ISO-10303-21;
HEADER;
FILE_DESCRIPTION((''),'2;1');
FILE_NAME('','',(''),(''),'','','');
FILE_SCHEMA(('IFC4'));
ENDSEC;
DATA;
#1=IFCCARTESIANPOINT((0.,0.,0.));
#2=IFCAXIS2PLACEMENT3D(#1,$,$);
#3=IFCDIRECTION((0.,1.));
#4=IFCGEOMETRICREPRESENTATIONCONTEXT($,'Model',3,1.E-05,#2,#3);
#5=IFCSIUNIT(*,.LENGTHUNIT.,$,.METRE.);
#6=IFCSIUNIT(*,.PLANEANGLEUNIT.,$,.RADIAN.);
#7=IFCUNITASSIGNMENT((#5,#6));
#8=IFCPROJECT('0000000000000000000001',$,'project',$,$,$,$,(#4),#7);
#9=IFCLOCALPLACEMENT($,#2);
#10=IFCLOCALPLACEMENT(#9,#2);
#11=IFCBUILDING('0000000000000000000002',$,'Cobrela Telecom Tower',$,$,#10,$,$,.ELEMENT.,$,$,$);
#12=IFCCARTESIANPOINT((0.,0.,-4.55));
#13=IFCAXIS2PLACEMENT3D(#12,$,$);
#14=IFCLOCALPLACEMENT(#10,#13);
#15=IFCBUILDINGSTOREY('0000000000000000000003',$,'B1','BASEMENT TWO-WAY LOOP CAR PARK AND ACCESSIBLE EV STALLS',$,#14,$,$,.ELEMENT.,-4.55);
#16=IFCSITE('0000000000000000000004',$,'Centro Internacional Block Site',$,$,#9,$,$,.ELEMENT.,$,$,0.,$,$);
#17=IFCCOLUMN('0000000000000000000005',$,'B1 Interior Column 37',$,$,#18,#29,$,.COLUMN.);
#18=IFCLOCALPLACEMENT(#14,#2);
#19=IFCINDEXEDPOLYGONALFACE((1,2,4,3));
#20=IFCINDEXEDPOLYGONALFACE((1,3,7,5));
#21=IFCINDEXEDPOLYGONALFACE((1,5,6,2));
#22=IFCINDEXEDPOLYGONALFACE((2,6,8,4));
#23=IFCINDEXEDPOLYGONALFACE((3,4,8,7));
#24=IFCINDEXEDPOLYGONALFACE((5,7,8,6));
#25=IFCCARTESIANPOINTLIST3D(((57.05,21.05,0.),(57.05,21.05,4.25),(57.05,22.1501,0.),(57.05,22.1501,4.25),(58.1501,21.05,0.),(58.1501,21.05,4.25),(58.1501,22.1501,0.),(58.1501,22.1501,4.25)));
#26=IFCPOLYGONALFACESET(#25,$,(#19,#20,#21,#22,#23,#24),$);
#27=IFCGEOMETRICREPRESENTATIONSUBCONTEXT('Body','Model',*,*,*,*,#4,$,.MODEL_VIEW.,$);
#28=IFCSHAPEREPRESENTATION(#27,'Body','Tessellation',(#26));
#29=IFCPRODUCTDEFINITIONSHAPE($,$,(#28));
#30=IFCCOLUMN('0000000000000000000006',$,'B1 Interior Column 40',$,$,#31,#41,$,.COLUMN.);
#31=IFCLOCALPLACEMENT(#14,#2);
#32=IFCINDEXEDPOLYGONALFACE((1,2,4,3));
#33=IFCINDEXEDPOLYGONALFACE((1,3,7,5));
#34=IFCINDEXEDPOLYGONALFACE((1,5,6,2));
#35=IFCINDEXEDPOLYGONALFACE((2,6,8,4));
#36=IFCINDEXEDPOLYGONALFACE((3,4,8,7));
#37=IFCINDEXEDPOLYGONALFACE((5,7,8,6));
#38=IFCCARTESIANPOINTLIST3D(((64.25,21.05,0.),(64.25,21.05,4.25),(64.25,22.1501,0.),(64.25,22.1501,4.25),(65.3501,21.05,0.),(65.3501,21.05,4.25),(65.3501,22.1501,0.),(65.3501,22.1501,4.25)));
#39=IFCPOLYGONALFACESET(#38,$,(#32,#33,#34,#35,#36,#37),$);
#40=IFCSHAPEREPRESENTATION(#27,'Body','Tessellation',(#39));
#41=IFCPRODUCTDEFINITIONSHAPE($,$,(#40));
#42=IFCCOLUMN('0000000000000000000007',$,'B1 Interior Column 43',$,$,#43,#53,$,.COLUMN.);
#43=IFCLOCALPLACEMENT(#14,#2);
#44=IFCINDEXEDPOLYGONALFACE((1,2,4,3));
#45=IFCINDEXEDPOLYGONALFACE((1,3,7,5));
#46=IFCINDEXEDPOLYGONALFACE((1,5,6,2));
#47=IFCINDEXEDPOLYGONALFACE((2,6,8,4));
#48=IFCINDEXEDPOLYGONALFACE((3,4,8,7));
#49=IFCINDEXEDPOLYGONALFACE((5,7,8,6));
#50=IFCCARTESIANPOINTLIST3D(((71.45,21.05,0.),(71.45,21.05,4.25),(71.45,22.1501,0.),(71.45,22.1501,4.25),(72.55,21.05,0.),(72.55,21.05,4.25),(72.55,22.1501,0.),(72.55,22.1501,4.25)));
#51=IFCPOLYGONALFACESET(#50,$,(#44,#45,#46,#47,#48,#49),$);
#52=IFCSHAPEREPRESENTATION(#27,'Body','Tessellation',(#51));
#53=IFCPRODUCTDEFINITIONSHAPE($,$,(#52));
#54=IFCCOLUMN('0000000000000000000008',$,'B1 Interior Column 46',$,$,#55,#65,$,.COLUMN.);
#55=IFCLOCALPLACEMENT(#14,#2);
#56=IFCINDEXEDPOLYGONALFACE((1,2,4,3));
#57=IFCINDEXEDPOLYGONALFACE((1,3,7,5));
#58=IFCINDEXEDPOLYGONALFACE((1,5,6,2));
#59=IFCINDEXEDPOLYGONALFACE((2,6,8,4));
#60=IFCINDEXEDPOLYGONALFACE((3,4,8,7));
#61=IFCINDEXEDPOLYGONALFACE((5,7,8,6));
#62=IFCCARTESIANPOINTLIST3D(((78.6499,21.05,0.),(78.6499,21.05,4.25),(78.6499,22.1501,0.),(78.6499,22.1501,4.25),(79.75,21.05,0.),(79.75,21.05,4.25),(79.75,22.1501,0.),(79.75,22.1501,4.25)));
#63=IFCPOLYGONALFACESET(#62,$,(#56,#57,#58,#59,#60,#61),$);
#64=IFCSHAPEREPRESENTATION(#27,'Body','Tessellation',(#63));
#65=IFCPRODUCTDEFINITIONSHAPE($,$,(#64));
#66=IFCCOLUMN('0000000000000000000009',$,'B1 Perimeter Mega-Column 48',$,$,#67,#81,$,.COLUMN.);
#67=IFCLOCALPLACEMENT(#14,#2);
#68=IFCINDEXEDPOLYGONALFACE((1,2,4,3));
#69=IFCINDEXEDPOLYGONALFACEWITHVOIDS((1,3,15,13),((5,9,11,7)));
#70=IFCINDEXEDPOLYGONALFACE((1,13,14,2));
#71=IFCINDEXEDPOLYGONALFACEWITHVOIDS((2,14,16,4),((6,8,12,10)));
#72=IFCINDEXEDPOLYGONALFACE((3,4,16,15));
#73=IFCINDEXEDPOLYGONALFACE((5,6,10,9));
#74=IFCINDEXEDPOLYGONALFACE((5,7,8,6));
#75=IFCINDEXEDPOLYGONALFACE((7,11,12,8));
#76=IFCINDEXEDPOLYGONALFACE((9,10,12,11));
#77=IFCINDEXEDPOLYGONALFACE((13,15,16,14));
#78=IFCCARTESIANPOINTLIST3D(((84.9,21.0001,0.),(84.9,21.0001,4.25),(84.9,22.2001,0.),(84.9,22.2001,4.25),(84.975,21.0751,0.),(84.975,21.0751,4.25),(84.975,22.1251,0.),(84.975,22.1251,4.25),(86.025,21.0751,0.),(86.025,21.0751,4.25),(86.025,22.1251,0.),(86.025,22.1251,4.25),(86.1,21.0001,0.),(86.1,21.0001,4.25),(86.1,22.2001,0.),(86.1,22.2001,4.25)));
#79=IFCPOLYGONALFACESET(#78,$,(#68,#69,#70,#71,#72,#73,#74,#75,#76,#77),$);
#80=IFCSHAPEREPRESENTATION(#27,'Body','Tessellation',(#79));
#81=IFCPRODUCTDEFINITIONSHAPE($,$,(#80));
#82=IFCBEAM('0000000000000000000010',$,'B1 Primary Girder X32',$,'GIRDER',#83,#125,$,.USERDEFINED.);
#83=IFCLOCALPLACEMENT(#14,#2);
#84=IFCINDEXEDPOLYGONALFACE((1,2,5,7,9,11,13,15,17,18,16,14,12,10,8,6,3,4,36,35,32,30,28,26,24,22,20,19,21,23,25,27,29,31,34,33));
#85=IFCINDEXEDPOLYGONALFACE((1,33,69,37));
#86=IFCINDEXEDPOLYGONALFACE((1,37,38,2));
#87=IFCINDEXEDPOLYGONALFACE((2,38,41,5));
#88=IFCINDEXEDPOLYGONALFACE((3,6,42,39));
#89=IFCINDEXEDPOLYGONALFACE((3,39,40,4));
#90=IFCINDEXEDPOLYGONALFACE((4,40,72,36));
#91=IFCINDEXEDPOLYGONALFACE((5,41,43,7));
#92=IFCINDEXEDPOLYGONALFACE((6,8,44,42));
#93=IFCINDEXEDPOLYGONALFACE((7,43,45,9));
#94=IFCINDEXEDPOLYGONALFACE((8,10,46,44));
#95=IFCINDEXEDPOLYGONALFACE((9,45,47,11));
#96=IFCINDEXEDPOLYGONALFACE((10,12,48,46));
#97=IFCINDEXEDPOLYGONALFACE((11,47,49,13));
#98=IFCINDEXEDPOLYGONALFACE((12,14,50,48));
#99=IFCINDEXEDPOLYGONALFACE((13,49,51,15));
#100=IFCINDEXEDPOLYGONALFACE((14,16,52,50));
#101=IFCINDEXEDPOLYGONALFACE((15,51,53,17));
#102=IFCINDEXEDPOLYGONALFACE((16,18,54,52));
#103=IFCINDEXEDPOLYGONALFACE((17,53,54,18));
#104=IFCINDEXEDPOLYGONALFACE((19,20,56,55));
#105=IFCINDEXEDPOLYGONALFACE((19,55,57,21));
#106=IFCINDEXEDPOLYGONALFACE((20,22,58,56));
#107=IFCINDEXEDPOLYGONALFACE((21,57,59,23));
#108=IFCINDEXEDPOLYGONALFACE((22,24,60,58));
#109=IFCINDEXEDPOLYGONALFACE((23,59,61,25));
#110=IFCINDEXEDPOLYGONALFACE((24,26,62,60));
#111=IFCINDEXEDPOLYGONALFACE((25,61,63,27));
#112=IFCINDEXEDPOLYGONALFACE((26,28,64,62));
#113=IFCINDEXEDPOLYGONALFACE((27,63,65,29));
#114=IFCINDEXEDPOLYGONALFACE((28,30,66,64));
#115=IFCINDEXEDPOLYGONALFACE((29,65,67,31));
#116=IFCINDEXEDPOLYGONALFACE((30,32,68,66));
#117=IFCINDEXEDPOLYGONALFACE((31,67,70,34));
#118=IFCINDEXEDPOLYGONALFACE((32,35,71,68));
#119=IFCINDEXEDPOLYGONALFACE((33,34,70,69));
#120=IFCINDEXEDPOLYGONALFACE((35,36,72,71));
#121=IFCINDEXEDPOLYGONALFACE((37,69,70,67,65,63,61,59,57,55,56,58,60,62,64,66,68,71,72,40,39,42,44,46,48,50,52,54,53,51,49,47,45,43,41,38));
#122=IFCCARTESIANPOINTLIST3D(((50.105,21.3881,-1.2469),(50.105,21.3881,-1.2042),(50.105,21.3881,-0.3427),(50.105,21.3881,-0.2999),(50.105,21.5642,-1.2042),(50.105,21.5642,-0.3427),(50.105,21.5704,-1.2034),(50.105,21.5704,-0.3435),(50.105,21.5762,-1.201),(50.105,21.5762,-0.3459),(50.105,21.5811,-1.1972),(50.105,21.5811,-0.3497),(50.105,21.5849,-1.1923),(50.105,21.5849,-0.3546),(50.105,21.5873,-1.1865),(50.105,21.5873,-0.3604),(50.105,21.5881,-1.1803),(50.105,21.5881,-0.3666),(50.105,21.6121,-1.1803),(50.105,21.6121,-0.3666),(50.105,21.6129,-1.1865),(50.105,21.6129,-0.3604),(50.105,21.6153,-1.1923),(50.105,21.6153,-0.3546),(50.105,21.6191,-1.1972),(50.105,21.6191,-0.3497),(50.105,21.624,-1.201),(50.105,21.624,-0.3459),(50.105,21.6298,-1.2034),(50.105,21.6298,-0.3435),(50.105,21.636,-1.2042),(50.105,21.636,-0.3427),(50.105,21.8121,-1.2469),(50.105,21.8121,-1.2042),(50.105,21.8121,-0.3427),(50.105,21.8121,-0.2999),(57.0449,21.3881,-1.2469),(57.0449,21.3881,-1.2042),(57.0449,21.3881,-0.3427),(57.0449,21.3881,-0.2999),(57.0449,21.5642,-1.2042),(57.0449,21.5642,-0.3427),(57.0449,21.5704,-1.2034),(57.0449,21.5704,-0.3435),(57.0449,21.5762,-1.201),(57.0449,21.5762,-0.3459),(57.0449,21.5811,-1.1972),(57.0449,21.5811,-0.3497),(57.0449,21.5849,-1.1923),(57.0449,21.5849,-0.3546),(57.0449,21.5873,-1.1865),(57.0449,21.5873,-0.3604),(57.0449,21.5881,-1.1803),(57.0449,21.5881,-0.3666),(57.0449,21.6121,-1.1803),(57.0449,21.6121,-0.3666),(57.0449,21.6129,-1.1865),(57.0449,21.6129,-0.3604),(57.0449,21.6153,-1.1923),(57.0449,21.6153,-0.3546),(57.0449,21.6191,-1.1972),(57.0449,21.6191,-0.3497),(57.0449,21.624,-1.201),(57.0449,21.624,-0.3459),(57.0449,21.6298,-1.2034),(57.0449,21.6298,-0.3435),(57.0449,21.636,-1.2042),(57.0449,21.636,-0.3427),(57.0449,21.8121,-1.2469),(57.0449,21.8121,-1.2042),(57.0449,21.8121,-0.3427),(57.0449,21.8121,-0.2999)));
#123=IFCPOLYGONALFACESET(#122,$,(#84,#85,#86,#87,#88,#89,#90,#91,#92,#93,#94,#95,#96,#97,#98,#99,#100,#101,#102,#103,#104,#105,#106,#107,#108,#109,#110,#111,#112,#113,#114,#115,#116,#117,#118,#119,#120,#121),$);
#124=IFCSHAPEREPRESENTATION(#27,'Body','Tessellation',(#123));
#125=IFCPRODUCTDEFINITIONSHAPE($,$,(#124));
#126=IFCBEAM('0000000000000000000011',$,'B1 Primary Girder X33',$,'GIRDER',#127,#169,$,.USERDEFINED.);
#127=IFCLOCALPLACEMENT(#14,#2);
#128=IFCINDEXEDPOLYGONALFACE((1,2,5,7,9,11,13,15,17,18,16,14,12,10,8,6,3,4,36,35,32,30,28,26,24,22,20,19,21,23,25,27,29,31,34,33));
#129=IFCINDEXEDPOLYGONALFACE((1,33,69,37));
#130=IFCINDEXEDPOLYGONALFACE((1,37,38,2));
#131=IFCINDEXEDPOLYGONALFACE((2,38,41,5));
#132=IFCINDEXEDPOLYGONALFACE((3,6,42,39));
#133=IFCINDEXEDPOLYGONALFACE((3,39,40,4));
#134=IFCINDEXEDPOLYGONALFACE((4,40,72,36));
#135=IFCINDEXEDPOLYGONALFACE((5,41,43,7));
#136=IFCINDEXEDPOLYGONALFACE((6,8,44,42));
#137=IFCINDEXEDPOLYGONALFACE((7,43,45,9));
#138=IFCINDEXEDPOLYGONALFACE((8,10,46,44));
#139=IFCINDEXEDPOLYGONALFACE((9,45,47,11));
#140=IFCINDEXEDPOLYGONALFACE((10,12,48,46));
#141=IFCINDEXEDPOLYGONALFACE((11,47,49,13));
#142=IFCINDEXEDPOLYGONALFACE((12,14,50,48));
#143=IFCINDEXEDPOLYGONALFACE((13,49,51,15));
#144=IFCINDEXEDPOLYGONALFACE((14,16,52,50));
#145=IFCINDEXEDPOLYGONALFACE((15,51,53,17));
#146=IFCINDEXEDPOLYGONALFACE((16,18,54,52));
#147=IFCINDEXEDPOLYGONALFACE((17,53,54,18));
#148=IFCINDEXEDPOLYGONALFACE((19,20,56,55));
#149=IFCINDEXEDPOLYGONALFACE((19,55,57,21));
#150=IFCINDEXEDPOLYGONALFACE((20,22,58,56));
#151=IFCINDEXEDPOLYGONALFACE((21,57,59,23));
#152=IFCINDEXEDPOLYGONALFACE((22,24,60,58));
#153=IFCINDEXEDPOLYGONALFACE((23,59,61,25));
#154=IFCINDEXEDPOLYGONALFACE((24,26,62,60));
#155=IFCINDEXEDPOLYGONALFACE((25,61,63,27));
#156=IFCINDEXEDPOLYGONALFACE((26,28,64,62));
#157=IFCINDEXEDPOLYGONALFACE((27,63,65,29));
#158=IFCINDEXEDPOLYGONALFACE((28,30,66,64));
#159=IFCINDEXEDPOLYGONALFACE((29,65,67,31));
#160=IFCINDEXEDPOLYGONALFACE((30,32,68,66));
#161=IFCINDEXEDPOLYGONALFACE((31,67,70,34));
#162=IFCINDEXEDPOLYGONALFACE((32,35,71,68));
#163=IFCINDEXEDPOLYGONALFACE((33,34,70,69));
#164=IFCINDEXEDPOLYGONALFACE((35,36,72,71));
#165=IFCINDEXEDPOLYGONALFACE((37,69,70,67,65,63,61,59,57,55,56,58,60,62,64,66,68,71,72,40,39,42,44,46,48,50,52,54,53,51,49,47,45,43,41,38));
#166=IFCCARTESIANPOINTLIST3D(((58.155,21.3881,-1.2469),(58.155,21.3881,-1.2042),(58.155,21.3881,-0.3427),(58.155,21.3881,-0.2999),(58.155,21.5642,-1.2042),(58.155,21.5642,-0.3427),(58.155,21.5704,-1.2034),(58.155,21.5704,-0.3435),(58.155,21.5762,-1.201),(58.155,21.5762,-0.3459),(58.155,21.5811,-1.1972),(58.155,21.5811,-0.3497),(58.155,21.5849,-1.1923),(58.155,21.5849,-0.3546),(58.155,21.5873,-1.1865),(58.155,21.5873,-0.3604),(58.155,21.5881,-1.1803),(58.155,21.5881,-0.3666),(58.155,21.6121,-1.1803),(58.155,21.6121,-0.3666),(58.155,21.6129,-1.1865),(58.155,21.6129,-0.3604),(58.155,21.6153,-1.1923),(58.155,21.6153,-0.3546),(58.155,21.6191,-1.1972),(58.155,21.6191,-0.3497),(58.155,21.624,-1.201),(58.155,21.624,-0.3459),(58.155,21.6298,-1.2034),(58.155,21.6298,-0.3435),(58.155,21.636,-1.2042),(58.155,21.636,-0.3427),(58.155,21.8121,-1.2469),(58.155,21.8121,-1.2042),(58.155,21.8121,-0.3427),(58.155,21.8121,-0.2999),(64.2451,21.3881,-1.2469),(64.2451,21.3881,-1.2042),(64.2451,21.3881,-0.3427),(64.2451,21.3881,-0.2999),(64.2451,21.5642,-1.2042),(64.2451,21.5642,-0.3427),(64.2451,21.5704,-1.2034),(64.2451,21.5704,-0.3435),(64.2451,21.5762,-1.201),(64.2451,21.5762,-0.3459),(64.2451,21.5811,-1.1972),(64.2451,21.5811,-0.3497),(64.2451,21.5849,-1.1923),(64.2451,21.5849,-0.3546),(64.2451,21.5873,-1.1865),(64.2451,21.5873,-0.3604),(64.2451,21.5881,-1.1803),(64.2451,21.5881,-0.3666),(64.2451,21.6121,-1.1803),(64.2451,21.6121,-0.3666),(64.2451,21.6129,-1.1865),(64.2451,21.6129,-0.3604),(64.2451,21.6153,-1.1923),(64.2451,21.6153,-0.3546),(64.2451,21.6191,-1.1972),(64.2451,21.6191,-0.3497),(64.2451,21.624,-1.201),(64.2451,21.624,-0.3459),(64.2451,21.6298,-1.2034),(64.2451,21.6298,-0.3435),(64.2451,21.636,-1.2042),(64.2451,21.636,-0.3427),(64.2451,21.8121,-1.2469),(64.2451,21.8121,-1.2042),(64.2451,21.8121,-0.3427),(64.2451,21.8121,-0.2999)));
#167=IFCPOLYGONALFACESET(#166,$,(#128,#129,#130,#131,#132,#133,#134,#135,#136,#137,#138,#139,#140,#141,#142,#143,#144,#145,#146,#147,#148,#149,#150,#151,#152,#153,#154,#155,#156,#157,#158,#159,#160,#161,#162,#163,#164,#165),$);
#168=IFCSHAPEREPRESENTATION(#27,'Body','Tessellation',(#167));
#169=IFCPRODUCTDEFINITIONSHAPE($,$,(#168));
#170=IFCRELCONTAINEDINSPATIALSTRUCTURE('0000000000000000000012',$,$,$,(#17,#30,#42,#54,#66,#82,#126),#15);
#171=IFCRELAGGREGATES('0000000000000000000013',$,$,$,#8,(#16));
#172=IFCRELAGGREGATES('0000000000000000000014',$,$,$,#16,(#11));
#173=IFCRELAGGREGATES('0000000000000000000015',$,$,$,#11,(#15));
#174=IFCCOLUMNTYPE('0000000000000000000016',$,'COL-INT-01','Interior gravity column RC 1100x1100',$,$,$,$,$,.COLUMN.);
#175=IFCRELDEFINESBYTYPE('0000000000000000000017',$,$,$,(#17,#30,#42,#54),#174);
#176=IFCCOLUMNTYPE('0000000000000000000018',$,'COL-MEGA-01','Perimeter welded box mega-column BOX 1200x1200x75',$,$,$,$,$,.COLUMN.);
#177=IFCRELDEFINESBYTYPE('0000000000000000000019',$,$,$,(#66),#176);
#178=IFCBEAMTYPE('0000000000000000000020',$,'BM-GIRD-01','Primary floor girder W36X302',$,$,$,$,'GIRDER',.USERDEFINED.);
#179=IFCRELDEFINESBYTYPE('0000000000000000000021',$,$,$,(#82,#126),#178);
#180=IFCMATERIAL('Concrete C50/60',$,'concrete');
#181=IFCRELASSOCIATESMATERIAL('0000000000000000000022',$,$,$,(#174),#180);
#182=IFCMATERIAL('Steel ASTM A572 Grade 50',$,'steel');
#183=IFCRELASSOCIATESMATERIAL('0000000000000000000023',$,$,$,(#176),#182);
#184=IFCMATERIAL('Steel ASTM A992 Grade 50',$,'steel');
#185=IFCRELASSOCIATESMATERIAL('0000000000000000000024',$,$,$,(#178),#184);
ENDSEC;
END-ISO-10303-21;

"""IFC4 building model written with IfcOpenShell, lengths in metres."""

from ifc_helpers import new_model, si_unit, direction, frame, origin, origin_2d, place, context, subcontext, project, spatial, rectangle, hollow_rectangle, i_section, extrude, material, material_profile, profile_set, type_object, element, save


model = new_model("IFC4")

# Units and contexts
model_context = context("Model", 3, precision=1e-05, world=origin(), true_north=direction((0.0, 1.0)))
body_context = subcontext(model_context, "Body", "Model", "MODEL_VIEW")
ifc_project = project(units=[si_unit("LENGTHUNIT", "METRE"), si_unit("PLANEANGLEUNIT", "RADIAN")], contexts=[model_context])

# Site, building, storey
site_placement = place(None, origin())
site = spatial("IfcSite", under=ifc_project, at=site_placement, Name="Centro Internacional Block Site", CompositionType="ELEMENT", RefElevation=0.0)
building_placement = place(site_placement, origin())
building = spatial("IfcBuilding", under=site, at=building_placement, Name="Cobrela Telecom Tower", CompositionType="ELEMENT")
storey_placement = place(building_placement, frame((0.0, 0.0, -4.55)))
storey = spatial("IfcBuildingStorey", under=building, at=storey_placement, Name="B1", Description="BASEMENT TWO-WAY LOOP CAR PARK AND ACCESSIBLE EV STALLS", CompositionType="ELEMENT", Elevation=-4.55)

# Columns
ifc_material_1 = material(Name="Concrete C50/60", Category="concrete")
ifc_material_profile_1 = material_profile(ifc_material_1, rectangle(XDim=1.1001, YDim=1.1001, at=origin_2d()), Name="RC 1100x1100")
ifc_profile_set_1 = profile_set([ifc_material_profile_1], Name="Concrete C50/60")
column_type_1 = type_object("IfcColumnType", Name="COL-INT-01", Description="Interior gravity column RC 1100x1100", PredefinedType="COLUMN", material=ifc_profile_set_1)
for number, where, z_axis, x_axis, name in (
    (1, (57.6001, 21.6001, 0.0), (0.0, 0.0, 1.0), (1.0, 0.0, 0.0), "B1 Interior Column 37"),
    (2, (64.8, 21.6001, 0.0), (0.0, 0.0, 1.0), (1.0, 0.0, 0.0), "B1 Interior Column 40"),
    (3, (72.0, 21.6001, 0.0), (0.0, 0.0, 1.0), (1.0, 0.0, 0.0), "B1 Interior Column 43"),
    (4, (79.2, 21.6001, 0.0), (0.0, 0.0, 1.0), (1.0, 0.0, 0.0), "B1 Interior Column 46"),
):
    element("IfcColumn", number, at=place(storey_placement, frame(where, z_axis=z_axis, x_axis=x_axis)), inside=storey, type_object=column_type_1, Name=name, PredefinedType="COLUMN", context=body_context, shape_type="SweptSolid", body=[
        extrude(rectangle(XDim=1.1001, YDim=1.1001, at=origin_2d()), origin(), (0.0, 0.0, 1.0), 4.25),
    ])
ifc_material_2 = material(Name="Steel ASTM A572 Grade 50", Category="steel")
ifc_material_profile_2 = material_profile(ifc_material_2, hollow_rectangle(XDim=1.2, YDim=1.2, WallThickness=0.075, at=origin_2d()), Name="BOX 1200x1200x75")
ifc_profile_set_2 = profile_set([ifc_material_profile_2], Name="Steel ASTM A572 Grade 50")
column_type_2 = type_object("IfcColumnType", Name="COL-MEGA-01", Description="Perimeter welded box mega-column BOX 1200x1200x75", PredefinedType="COLUMN", material=ifc_profile_set_2)
column_placement = place(storey_placement, frame((85.5, 21.6001, 0.0), z_axis=(0.0, 0.0, 1.0), x_axis=(1.0, 0.0, 0.0)))
element("IfcColumn", 5, at=column_placement, inside=storey, type_object=column_type_2, Name="B1 Perimeter Mega-Column 48", PredefinedType="COLUMN", context=body_context, shape_type="SweptSolid", body=[
    extrude(hollow_rectangle(XDim=1.2, YDim=1.2, WallThickness=0.075, at=origin_2d()), origin(), (0.0, 0.0, 1.0), 4.25),
])

# Beams
ifc_material_3 = material(Name="Steel ASTM A992 Grade 50", Category="steel")
ifc_material_profile_3 = material_profile(ifc_material_3, i_section(OverallWidth=0.4241, OverallDepth=0.947, WebThickness=0.0239, FlangeThickness=0.0427, FilletRadius=0.0239, at=origin_2d()), Name="W36X302")
ifc_profile_set_3 = profile_set([ifc_material_profile_3], Name="Steel ASTM A992 Grade 50")
beam_type_1 = type_object("IfcBeamType", Name="BM-GIRD-01", Description="Primary floor girder W36X302", ElementType="GIRDER", PredefinedType="USERDEFINED", material=ifc_profile_set_3)
beam_1_placement = place(storey_placement, frame((50.105, 21.6001, -0.7734), z_axis=(1.0, 0.0, 0.0), x_axis=(0.0, 1.0, 0.0)))
element("IfcBeam", 6, at=beam_1_placement, inside=storey, type_object=beam_type_1, Name="B1 Primary Girder X32", ObjectType="GIRDER", PredefinedType="USERDEFINED", context=body_context, shape_type="SweptSolid", body=[
    extrude(i_section(OverallWidth=0.4241, OverallDepth=0.947, WebThickness=0.0239, FlangeThickness=0.0427, FilletRadius=0.0239, at=origin_2d()), origin(), (0.0, 0.0, 1.0), 6.9399),
])
for number, where, z_axis, x_axis, name in (
    (7, (58.155, 21.6001, -0.7734), (1.0, 0.0, 0.0), (0.0, 1.0, 0.0), "B1 Primary Girder X33"),
):
    element("IfcBeam", number, at=place(storey_placement, frame(where, z_axis=z_axis, x_axis=x_axis)), inside=storey, type_object=beam_type_1, Name=name, ObjectType="GIRDER", PredefinedType="USERDEFINED", context=body_context, shape_type="SweptSolid", body=[
        extrude(i_section(OverallWidth=0.4241, OverallDepth=0.947, WebThickness=0.0239, FlangeThickness=0.0427, FilletRadius=0.0239, at=origin_2d()), origin(), (0.0, 0.0, 1.0), 6.0901),
    ])

save(model, "model.ifc")
